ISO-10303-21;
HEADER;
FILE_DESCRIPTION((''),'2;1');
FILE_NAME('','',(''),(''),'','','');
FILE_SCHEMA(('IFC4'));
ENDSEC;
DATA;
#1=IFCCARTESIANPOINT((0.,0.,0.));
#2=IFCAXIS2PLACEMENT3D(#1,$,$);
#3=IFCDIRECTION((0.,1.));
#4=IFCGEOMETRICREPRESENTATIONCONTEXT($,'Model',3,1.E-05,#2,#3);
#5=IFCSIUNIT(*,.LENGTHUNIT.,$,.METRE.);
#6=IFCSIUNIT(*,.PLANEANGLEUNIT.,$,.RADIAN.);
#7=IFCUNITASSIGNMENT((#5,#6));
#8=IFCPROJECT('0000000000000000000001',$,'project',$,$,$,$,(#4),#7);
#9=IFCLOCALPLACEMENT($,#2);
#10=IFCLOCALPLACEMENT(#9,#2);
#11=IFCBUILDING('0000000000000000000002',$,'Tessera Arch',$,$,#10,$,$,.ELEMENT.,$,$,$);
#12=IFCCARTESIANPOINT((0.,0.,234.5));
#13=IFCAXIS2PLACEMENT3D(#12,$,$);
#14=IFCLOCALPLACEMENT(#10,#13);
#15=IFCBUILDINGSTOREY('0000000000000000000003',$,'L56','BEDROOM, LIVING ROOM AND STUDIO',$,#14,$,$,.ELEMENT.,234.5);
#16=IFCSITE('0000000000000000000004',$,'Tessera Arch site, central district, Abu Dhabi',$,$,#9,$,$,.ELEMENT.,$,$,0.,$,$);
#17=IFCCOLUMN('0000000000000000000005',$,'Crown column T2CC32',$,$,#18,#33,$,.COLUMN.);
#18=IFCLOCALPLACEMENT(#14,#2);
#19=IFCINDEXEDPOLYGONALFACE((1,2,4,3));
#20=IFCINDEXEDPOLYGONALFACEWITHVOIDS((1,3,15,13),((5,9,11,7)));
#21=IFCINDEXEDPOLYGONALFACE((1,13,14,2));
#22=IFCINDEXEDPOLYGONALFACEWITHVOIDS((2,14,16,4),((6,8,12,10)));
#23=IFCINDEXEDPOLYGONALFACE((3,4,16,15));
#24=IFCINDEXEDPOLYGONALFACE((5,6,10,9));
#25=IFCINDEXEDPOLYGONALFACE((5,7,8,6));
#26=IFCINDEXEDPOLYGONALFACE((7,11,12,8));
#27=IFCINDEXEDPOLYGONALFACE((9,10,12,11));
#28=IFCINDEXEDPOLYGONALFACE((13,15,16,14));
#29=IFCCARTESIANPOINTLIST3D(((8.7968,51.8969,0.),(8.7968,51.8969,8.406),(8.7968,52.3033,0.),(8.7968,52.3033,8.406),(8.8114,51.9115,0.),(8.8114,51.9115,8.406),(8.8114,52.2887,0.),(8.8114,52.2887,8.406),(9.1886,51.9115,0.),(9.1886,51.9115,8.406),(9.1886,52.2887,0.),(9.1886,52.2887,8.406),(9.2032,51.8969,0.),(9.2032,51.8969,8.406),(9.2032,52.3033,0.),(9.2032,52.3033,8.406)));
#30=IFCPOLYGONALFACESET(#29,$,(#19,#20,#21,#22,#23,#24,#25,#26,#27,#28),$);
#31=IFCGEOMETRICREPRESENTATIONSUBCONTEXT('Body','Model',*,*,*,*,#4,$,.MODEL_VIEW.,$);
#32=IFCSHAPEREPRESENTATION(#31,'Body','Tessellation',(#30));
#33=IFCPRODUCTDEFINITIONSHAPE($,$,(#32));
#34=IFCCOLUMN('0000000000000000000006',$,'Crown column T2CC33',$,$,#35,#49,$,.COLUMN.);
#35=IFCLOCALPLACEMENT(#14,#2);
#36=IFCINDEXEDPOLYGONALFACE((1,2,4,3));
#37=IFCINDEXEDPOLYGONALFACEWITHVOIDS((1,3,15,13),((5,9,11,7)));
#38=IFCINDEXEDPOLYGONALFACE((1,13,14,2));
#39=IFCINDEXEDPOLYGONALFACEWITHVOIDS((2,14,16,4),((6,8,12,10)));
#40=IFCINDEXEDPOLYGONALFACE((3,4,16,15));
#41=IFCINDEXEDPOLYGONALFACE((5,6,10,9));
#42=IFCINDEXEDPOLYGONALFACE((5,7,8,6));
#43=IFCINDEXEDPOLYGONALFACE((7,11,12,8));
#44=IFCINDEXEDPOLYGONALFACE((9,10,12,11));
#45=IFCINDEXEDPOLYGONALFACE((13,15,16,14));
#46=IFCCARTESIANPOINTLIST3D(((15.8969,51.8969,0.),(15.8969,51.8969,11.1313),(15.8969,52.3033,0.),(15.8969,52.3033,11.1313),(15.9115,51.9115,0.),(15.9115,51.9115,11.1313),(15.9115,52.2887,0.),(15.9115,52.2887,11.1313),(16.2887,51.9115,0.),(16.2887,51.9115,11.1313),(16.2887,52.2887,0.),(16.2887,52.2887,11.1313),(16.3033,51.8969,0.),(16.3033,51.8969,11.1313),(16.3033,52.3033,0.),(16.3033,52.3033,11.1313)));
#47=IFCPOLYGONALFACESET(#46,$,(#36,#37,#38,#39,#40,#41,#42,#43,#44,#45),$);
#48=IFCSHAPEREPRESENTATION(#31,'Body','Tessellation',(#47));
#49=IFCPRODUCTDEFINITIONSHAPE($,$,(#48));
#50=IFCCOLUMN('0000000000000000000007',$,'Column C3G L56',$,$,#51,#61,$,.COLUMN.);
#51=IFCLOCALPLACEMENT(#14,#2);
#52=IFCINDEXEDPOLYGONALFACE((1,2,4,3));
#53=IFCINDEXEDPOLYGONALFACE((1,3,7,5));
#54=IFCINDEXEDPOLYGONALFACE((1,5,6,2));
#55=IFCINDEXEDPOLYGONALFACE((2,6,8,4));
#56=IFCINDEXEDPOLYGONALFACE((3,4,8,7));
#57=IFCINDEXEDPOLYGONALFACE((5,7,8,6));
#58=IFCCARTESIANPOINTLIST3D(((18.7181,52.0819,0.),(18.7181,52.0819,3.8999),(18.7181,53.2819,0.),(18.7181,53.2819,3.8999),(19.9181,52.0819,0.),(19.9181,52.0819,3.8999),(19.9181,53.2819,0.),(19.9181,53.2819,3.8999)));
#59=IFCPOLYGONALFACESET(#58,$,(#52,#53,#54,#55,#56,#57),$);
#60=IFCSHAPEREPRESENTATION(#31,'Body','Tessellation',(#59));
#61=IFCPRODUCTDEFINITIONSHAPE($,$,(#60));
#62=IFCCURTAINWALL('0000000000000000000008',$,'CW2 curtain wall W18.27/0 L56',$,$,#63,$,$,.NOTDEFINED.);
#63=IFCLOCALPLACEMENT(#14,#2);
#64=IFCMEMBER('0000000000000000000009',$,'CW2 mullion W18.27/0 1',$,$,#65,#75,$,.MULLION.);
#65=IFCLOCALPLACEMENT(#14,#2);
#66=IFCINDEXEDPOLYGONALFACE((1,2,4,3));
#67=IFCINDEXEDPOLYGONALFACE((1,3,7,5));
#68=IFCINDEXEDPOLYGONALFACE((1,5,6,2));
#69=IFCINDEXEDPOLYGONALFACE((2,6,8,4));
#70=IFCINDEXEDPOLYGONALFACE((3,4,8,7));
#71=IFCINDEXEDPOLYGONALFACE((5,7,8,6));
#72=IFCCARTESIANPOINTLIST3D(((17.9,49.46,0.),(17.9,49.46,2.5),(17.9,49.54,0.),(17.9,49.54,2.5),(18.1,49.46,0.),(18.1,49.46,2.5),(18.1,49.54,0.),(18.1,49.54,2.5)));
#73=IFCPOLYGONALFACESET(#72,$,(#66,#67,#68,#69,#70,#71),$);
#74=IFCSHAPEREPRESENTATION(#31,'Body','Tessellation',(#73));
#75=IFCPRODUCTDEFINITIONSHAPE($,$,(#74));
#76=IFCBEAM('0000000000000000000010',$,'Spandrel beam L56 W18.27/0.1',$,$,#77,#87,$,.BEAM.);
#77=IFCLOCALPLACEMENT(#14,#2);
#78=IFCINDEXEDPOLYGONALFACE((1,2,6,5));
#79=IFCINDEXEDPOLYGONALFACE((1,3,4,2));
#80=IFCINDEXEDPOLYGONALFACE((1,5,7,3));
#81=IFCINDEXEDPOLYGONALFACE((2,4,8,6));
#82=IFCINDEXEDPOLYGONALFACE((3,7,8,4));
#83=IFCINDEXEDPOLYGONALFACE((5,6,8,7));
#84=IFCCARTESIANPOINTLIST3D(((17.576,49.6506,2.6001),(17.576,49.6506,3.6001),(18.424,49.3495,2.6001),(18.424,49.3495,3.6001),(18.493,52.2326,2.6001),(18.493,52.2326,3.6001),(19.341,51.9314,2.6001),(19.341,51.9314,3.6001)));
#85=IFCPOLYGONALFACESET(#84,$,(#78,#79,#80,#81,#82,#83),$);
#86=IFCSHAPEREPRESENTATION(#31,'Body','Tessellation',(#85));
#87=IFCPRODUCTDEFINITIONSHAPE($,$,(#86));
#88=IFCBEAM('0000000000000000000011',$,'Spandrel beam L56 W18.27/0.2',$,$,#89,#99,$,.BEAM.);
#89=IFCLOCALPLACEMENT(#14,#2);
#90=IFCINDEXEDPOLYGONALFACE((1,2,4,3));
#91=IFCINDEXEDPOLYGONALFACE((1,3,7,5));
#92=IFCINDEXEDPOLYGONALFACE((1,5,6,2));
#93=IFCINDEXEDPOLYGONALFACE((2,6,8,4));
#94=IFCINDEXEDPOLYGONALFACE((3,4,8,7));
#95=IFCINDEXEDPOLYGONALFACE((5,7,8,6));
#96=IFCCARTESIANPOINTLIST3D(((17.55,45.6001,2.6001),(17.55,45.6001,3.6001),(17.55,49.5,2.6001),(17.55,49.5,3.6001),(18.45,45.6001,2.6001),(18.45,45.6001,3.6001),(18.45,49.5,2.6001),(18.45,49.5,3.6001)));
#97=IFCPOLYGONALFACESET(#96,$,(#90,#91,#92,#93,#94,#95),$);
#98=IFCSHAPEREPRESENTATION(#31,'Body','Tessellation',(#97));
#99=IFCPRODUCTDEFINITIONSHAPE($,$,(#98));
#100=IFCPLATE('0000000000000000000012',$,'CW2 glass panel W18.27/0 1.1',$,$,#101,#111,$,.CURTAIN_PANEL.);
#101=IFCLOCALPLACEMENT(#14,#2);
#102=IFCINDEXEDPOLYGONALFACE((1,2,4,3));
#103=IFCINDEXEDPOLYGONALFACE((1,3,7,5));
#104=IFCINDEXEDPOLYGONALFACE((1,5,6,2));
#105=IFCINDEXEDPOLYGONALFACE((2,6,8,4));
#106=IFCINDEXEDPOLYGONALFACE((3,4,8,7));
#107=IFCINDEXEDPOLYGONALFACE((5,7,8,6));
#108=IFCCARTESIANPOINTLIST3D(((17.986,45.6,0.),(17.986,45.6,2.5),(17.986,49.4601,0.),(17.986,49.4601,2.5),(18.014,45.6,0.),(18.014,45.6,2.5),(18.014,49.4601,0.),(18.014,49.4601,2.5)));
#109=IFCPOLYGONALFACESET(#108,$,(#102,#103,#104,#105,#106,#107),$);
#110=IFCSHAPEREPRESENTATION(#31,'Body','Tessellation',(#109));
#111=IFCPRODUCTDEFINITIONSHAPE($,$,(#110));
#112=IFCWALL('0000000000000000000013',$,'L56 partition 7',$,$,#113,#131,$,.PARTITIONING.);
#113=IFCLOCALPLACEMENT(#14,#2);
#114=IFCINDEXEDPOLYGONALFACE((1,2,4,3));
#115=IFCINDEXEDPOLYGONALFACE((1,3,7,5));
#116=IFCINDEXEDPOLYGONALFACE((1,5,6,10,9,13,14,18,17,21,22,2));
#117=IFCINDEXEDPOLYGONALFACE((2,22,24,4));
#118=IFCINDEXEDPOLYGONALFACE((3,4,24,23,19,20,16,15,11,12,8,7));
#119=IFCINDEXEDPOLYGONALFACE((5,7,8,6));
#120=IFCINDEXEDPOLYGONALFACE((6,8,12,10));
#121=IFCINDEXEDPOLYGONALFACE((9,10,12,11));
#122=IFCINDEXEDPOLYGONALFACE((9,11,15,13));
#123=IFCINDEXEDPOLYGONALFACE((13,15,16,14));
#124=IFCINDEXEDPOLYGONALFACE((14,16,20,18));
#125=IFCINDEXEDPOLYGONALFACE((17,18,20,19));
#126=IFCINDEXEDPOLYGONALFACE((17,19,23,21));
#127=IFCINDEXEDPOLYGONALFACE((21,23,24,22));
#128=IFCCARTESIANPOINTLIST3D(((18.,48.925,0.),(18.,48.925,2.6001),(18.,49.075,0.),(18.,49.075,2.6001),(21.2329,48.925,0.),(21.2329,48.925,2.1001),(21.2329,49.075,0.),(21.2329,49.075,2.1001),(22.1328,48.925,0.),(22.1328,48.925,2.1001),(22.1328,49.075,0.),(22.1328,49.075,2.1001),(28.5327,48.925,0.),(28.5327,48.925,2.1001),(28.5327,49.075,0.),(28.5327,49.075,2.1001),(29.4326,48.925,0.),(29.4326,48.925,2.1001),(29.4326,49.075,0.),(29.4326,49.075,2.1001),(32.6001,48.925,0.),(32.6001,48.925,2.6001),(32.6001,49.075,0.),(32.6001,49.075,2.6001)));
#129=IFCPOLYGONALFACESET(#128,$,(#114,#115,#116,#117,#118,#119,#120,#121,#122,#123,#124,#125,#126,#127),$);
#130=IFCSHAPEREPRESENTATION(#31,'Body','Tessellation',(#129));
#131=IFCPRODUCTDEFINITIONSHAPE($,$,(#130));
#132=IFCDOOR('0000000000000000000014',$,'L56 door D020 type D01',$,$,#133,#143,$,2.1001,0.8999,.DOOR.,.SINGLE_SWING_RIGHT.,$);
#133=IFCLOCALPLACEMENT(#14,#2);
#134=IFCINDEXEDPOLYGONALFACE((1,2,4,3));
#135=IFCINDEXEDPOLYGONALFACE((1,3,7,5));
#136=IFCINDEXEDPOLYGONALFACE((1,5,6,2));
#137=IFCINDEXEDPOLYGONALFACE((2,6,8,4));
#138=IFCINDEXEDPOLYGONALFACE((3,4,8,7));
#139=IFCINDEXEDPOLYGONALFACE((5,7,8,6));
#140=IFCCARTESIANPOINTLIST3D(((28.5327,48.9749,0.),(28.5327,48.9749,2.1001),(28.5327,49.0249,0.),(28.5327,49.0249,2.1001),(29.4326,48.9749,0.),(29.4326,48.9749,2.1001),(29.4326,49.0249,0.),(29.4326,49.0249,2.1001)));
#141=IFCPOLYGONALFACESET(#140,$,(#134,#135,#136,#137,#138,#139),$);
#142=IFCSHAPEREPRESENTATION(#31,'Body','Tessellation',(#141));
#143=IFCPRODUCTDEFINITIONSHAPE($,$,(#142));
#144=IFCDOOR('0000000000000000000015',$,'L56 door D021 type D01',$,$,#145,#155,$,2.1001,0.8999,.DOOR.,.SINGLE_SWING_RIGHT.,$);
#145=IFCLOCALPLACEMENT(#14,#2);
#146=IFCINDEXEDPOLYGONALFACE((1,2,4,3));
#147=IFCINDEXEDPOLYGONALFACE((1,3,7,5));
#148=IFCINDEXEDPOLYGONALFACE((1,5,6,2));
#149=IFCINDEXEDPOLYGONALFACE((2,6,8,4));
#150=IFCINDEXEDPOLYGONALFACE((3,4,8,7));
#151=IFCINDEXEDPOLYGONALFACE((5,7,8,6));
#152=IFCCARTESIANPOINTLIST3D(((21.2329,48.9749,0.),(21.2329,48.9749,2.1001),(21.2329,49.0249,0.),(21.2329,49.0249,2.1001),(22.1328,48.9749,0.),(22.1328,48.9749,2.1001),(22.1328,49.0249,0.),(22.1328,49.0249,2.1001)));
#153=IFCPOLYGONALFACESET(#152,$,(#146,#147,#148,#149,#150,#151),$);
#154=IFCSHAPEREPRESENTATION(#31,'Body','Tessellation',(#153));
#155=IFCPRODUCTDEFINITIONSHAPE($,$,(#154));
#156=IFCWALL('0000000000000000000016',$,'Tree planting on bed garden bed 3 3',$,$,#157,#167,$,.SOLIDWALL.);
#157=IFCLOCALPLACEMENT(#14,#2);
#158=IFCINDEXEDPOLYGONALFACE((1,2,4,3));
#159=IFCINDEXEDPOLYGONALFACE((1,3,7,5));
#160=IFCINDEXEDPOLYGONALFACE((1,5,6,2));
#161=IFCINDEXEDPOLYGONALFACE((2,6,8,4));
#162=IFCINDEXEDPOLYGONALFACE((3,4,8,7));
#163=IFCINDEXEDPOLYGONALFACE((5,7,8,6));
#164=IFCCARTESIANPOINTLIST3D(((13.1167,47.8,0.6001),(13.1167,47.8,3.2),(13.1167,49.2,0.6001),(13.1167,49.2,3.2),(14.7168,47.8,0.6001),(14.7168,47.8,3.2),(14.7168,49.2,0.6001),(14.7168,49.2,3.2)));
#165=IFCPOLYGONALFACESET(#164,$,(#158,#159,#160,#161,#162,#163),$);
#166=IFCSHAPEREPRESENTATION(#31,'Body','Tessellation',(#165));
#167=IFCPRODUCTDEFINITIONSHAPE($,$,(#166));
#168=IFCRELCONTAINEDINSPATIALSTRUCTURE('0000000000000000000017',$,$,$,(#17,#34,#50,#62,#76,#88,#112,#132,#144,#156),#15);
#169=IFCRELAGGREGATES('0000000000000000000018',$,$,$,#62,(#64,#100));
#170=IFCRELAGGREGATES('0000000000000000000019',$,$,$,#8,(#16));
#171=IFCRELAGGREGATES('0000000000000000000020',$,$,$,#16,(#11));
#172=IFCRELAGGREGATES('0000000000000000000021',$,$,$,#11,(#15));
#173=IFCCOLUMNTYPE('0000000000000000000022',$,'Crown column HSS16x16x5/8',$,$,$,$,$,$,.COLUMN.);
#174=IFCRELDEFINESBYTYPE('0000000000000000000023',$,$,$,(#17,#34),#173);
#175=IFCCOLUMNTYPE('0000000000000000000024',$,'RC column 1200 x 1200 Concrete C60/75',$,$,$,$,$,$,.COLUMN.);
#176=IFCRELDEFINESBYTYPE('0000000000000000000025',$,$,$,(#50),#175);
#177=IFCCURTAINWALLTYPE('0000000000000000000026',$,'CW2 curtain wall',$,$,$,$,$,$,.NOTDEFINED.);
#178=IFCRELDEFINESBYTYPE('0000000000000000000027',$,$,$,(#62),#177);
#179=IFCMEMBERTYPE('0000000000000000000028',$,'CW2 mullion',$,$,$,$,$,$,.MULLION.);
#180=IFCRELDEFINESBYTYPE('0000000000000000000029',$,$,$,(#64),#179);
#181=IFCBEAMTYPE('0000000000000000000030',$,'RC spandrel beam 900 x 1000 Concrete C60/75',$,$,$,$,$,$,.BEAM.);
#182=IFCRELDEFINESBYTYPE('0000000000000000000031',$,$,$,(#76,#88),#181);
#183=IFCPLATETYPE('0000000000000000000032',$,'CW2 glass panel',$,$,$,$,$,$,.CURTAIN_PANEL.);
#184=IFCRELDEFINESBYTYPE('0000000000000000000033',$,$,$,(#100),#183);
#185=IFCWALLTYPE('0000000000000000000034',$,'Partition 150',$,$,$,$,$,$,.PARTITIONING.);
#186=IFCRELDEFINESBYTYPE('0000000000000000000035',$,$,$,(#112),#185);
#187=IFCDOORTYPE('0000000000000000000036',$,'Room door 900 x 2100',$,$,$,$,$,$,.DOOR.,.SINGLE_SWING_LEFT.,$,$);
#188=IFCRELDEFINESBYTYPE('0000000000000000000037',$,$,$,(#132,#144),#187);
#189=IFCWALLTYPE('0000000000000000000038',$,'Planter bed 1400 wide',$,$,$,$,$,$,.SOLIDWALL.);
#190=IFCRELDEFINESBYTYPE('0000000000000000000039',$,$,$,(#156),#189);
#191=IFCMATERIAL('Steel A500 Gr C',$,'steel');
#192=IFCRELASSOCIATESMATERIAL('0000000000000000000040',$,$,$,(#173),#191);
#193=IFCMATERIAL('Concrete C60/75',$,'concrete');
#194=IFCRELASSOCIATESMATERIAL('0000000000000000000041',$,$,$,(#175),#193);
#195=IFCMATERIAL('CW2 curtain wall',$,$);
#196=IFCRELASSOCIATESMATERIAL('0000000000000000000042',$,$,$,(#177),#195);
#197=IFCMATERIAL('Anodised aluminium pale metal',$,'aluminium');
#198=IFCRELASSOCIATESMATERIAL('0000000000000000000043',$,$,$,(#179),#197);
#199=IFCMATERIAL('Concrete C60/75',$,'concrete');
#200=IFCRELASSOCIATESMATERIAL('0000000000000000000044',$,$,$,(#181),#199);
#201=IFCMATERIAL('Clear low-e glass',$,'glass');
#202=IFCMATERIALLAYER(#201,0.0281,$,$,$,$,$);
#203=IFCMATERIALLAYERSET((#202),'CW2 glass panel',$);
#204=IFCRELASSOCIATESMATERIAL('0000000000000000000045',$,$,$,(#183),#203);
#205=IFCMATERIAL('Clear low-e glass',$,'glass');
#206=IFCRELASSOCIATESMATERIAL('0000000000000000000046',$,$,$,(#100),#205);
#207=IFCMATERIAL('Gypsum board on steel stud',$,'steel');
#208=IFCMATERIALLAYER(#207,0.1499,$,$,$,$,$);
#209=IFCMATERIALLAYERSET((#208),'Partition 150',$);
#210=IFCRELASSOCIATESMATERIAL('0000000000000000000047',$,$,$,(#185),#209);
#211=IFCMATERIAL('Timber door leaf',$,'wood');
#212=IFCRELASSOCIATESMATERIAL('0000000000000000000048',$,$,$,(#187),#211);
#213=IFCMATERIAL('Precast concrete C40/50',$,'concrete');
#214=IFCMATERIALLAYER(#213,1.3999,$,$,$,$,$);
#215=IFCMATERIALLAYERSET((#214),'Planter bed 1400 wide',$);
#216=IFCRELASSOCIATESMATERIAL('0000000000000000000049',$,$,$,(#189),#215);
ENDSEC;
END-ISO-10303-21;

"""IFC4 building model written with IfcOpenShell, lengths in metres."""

from ifc_helpers import new_model, si_unit, direction, frame, frame_2d, origin, origin_2d, place, context, subcontext, project, spatial, rectangle, hollow_rectangle, extrude, material, layer, layer_set, material_profile, profile_set, type_object, element, fill, aggregate, save


model = new_model("IFC4")

# Units and contexts
model_context = context("Model", 3, precision=1e-05, world=origin(), true_north=direction((0.0, 1.0)))
body_context = subcontext(model_context, "Body", "Model", "MODEL_VIEW")
ifc_project = project(units=[si_unit("LENGTHUNIT", "METRE"), si_unit("PLANEANGLEUNIT", "RADIAN")], contexts=[model_context])

# Site, building, storey
site_placement = place(None, origin())
site = spatial("IfcSite", under=ifc_project, at=site_placement, Name="Tessera Arch site, central district, Abu Dhabi", CompositionType="ELEMENT", RefElevation=0.0)
building_placement = place(site_placement, origin())
building = spatial("IfcBuilding", under=site, at=building_placement, Name="Tessera Arch", CompositionType="ELEMENT")
storey_placement = place(building_placement, frame((0.0, 0.0, 234.5)))
storey = spatial("IfcBuildingStorey", under=building, at=storey_placement, Name="L56", Description="BEDROOM, LIVING ROOM AND STUDIO", CompositionType="ELEMENT", Elevation=234.5)

# Columns
ifc_material_1 = material(Name="Steel A500 Gr C", Category="steel")
ifc_material_profile_1 = material_profile(ifc_material_1, hollow_rectangle(XDim=0.4065, YDim=0.4065, WallThickness=0.0146, at=origin_2d()), Name="HSS16x16x5/8")
ifc_profile_set_1 = profile_set([ifc_material_profile_1], Name="Steel A500 Gr C")
column_type_1 = type_object("IfcColumnType", Name="Crown column HSS16x16x5/8", PredefinedType="COLUMN", material=ifc_profile_set_1)
column_1_placement = place(storey_placement, frame((9.0, 52.1001, 0.0), z_axis=(0.0, 0.0, 1.0), x_axis=(1.0, 0.0, 0.0)))
element("IfcColumn", 1, at=column_1_placement, inside=storey, type_object=column_type_1, Name="Crown column T2CC32", PredefinedType="COLUMN", context=body_context, shape_type="SweptSolid", body=[
    extrude(hollow_rectangle(XDim=0.4065, YDim=0.4065, WallThickness=0.0146, at=origin_2d()), origin(), (0.0, 0.0, 1.0), 8.406),
])
column_2_placement = place(storey_placement, frame((16.1001, 52.1001, 0.0), z_axis=(0.0, 0.0, 1.0), x_axis=(1.0, 0.0, 0.0)))
element("IfcColumn", 2, at=column_2_placement, inside=storey, type_object=column_type_1, Name="Crown column T2CC33", PredefinedType="COLUMN", context=body_context, shape_type="SweptSolid", body=[
    extrude(hollow_rectangle(XDim=0.4065, YDim=0.4065, WallThickness=0.0146, at=origin_2d()), origin(), (0.0, 0.0, 1.0), 11.1313),
])
ifc_material_2 = material(Name="Concrete C60/75", Category="concrete")
ifc_material_profile_2 = material_profile(ifc_material_2, rectangle(XDim=1.2, YDim=1.2, at=origin_2d()), Name="RC column 1200 x 1200 Concrete C60/75")
ifc_profile_set_2 = profile_set([ifc_material_profile_2], Name="Concrete C60/75")
column_type_2 = type_object("IfcColumnType", Name="RC column 1200 x 1200 Concrete C60/75", PredefinedType="COLUMN", material=ifc_profile_set_2)
column_3_placement = place(storey_placement, frame((19.3181, 52.6819, 0.0), z_axis=(0.0, 0.0, 1.0), x_axis=(1.0, 0.0, 0.0)))
element("IfcColumn", 3, at=column_3_placement, inside=storey, type_object=column_type_2, Name="Column C3G L56", PredefinedType="COLUMN", context=body_context, shape_type="SweptSolid", body=[
    extrude(rectangle(XDim=1.2, YDim=1.2, at=origin_2d()), origin(), (0.0, 0.0, 1.0), 3.8999),
])

# Curtain wall, member
ifc_material_3 = material(Name="CW2 curtain wall")
curtain_wall_type = type_object("IfcCurtainWallType", Name="CW2 curtain wall", PredefinedType="NOTDEFINED", material=ifc_material_3)
curtain_wall_placement = place(storey_placement, origin())
curtain_wall = element("IfcCurtainWall", 4, at=curtain_wall_placement, inside=storey, type_object=curtain_wall_type, Name="CW2 curtain wall W18.27/0 L56", PredefinedType="NOTDEFINED")
ifc_material_4 = material(Name="Anodised aluminium pale metal", Category="aluminium")
ifc_material_profile_3 = material_profile(ifc_material_4, rectangle(XDim=0.2, YDim=0.0801, at=origin_2d()), Name="AL 80x200")
ifc_profile_set_3 = profile_set([ifc_material_profile_3], Name="Anodised aluminium pale metal")
member_type = type_object("IfcMemberType", Name="CW2 mullion", PredefinedType="MULLION", material=ifc_profile_set_3)
member_placement = place(storey_placement, frame((18.0, 49.5, 0.0), z_axis=(0.0, 0.0, 1.0), x_axis=(1.0, 0.0, 0.0)))
member = element("IfcMember", 5, at=member_placement, type_object=member_type, Name="CW2 mullion W18.27/0 1", PredefinedType="MULLION", context=body_context, shape_type="SweptSolid", body=[
    extrude(rectangle(XDim=0.2, YDim=0.0801, at=origin_2d()), origin(), (0.0, 0.0, 1.0), 2.5),
])

# Beams
ifc_material_5 = material(Name="Concrete C60/75", Category="concrete")
ifc_material_profile_4 = material_profile(ifc_material_5, rectangle(XDim=0.8999, YDim=1.0, at=origin_2d()), Name="RC spandrel beam 900 x 1000 Concrete C60/75")
ifc_profile_set_4 = profile_set([ifc_material_profile_4], Name="Concrete C60/75")
beam_type = type_object("IfcBeamType", Name="RC spandrel beam 900 x 1000 Concrete C60/75", PredefinedType="BEAM", material=ifc_profile_set_4)
beam_1_placement = place(storey_placement, frame((18.917, 52.082, 3.1001), z_axis=(-0.334665, -0.942337, 0.0), x_axis=(0.942337, -0.334665, 0.0)))
element("IfcBeam", 6, at=beam_1_placement, inside=storey, type_object=beam_type, Name="Spandrel beam L56 W18.27/0.1", PredefinedType="BEAM", context=body_context, shape_type="SweptSolid", body=[
    extrude(rectangle(XDim=0.8999, YDim=1.0, at=origin_2d()), origin(), (0.0, 0.0, 1.0), 2.74),
])
beam_2_placement = place(storey_placement, frame((18.0, 49.5, 3.1001), z_axis=(0.0, -1.0, 0.0), x_axis=(1.0, 0.0, 0.0)))
element("IfcBeam", 7, at=beam_2_placement, inside=storey, type_object=beam_type, Name="Spandrel beam L56 W18.27/0.2", PredefinedType="BEAM", context=body_context, shape_type="SweptSolid", body=[
    extrude(rectangle(XDim=0.8999, YDim=1.0, at=origin_2d()), origin(), (0.0, 0.0, 1.0), 3.8999),
])

# Plate
ifc_material_6 = material(Name="Clear low-e glass", Category="glass")
ifc_material_7 = material(Name="Clear low-e glass", Category="glass")
ifc_layer_1 = layer(ifc_material_7, 0.0281)
ifc_layer_set_1 = layer_set([ifc_layer_1], Name="CW2 glass panel")
plate_type = type_object("IfcPlateType", Name="CW2 glass panel", PredefinedType="CURTAIN_PANEL", material=ifc_layer_set_1)
plate_placement = place(storey_placement, frame((18.0, 47.53, 0.0), z_axis=(0.0, 0.0, 1.0), x_axis=(0.0, -1.0, 0.0)))
plate = element("IfcPlate", 8, at=plate_placement, type_object=plate_type, material=ifc_material_6, Name="CW2 glass panel W18.27/0 1.1", PredefinedType="CURTAIN_PANEL", context=body_context, shape_type="SweptSolid", body=[
    extrude(rectangle(XDim=3.8601, YDim=0.0281, at=origin_2d()), origin(), (0.0, 0.0, 1.0), 2.5),
])
aggregate(curtain_wall, [member, plate])

# Wall, openings, doors
ifc_material_8 = material(Name="Gypsum board on steel stud", Category="steel")
ifc_layer_2 = layer(ifc_material_8, 0.1499)
ifc_layer_set_2 = layer_set([ifc_layer_2], Name="Partition 150")
wall_type_1 = type_object("IfcWallType", Name="Partition 150", PredefinedType="PARTITIONING", material=ifc_layer_set_2)
wall_1_placement = place(storey_placement, frame((18.0, 49.0, 0.0), z_axis=(0.0, 0.0, 1.0), x_axis=(1.0, 0.0, 0.0)))
wall_1 = element("IfcWall", 9, at=wall_1_placement, inside=storey, type_object=wall_type_1, Name="L56 partition 7", PredefinedType="PARTITIONING", context=body_context, shape_type="SweptSolid", body=[
    extrude(rectangle(XDim=14.6001, YDim=0.1499, at=frame_2d((7.3, 0.0))), origin(), (0.0, 0.0, 1.0), 2.6001),
])
opening_1_placement = place(wall_1_placement, frame((10.5327, 0.0, 0.0)))
opening_1 = element("IfcOpeningElement", 10, at=opening_1_placement, cuts=wall_1, PredefinedType="OPENING", context=body_context, shape_type="SweptSolid", body=[
    extrude(rectangle(XDim=0.8999, YDim=2.1001, at=frame_2d((0.45, 1.05))), frame((0.0, 0.085, 0.0), z_axis=(0.0, -1.0, 0.0), x_axis=(1.0, 0.0, 0.0)), (0.0, 0.0, 1.0), 0.1699),
])
opening_2_placement = place(wall_1_placement, frame((3.2329, 0.0, 0.0)))
opening_2 = element("IfcOpeningElement", 11, at=opening_2_placement, cuts=wall_1, PredefinedType="OPENING", context=body_context, shape_type="SweptSolid", body=[
    extrude(rectangle(XDim=0.8999, YDim=2.1001, at=frame_2d((0.45, 1.05))), frame((0.0, 0.085, 0.0), z_axis=(0.0, -1.0, 0.0), x_axis=(1.0, 0.0, 0.0)), (0.0, 0.0, 1.0), 0.1699),
])
ifc_material_9 = material(Name="Timber door leaf", Category="wood")
door_type = type_object("IfcDoorType", Name="Room door 900 x 2100", OperationType="SINGLE_SWING_LEFT", PredefinedType="DOOR", material=ifc_material_9)
door_1_placement = place(opening_1_placement, origin())
door_1 = element("IfcDoor", 12, at=door_1_placement, inside=storey, type_object=door_type, Name="L56 door D020 type D01", OperationType="SINGLE_SWING_RIGHT", OverallHeight=2.1001, OverallWidth=0.8999, PredefinedType="DOOR", context=body_context, shape_type="SweptSolid", body=[
    extrude(rectangle(XDim=0.8999, YDim=2.1001, at=frame_2d((0.45, 1.05))), frame((0.0, 0.0249, 0.0), z_axis=(0.0, -1.0, 0.0), x_axis=(1.0, 0.0, 0.0)), (0.0, 0.0, 1.0), 0.05),
])
fill(opening_1, door_1)
door_2_placement = place(opening_2_placement, origin())
door_2 = element("IfcDoor", 13, at=door_2_placement, inside=storey, type_object=door_type, Name="L56 door D021 type D01", OperationType="SINGLE_SWING_RIGHT", OverallHeight=2.1001, OverallWidth=0.8999, PredefinedType="DOOR", context=body_context, shape_type="SweptSolid", body=[
    extrude(rectangle(XDim=0.8999, YDim=2.1001, at=frame_2d((0.45, 1.05))), frame((0.0, 0.0249, 0.0), z_axis=(0.0, -1.0, 0.0), x_axis=(1.0, 0.0, 0.0)), (0.0, 0.0, 1.0), 0.05),
])
fill(opening_2, door_2)

# Wall
ifc_material_10 = material(Name="Precast concrete C40/50", Category="concrete")
ifc_layer_3 = layer(ifc_material_10, 1.3999)
ifc_layer_set_3 = layer_set([ifc_layer_3], Name="Planter bed 1400 wide")
wall_type_2 = type_object("IfcWallType", Name="Planter bed 1400 wide", PredefinedType="SOLIDWALL", material=ifc_layer_set_3)
for number, where, z_axis, x_axis, name in (
    (14, (13.1167, 48.5, 0.6001), (0.0, 0.0, 1.0), (1.0, 0.0, 0.0), "Tree planting on bed garden bed 3 3"),
):
    element("IfcWall", number, at=place(storey_placement, frame(where, z_axis=z_axis, x_axis=x_axis)), inside=storey, type_object=wall_type_2, Name=name, PredefinedType="SOLIDWALL", context=body_context, shape_type="SweptSolid", body=[
        extrude(rectangle(XDim=1.6001, YDim=1.3999, at=frame_2d((0.8, 0.0))), origin(), (0.0, 0.0, 1.0), 2.5999),
    ])

save(model, "model.ifc")
